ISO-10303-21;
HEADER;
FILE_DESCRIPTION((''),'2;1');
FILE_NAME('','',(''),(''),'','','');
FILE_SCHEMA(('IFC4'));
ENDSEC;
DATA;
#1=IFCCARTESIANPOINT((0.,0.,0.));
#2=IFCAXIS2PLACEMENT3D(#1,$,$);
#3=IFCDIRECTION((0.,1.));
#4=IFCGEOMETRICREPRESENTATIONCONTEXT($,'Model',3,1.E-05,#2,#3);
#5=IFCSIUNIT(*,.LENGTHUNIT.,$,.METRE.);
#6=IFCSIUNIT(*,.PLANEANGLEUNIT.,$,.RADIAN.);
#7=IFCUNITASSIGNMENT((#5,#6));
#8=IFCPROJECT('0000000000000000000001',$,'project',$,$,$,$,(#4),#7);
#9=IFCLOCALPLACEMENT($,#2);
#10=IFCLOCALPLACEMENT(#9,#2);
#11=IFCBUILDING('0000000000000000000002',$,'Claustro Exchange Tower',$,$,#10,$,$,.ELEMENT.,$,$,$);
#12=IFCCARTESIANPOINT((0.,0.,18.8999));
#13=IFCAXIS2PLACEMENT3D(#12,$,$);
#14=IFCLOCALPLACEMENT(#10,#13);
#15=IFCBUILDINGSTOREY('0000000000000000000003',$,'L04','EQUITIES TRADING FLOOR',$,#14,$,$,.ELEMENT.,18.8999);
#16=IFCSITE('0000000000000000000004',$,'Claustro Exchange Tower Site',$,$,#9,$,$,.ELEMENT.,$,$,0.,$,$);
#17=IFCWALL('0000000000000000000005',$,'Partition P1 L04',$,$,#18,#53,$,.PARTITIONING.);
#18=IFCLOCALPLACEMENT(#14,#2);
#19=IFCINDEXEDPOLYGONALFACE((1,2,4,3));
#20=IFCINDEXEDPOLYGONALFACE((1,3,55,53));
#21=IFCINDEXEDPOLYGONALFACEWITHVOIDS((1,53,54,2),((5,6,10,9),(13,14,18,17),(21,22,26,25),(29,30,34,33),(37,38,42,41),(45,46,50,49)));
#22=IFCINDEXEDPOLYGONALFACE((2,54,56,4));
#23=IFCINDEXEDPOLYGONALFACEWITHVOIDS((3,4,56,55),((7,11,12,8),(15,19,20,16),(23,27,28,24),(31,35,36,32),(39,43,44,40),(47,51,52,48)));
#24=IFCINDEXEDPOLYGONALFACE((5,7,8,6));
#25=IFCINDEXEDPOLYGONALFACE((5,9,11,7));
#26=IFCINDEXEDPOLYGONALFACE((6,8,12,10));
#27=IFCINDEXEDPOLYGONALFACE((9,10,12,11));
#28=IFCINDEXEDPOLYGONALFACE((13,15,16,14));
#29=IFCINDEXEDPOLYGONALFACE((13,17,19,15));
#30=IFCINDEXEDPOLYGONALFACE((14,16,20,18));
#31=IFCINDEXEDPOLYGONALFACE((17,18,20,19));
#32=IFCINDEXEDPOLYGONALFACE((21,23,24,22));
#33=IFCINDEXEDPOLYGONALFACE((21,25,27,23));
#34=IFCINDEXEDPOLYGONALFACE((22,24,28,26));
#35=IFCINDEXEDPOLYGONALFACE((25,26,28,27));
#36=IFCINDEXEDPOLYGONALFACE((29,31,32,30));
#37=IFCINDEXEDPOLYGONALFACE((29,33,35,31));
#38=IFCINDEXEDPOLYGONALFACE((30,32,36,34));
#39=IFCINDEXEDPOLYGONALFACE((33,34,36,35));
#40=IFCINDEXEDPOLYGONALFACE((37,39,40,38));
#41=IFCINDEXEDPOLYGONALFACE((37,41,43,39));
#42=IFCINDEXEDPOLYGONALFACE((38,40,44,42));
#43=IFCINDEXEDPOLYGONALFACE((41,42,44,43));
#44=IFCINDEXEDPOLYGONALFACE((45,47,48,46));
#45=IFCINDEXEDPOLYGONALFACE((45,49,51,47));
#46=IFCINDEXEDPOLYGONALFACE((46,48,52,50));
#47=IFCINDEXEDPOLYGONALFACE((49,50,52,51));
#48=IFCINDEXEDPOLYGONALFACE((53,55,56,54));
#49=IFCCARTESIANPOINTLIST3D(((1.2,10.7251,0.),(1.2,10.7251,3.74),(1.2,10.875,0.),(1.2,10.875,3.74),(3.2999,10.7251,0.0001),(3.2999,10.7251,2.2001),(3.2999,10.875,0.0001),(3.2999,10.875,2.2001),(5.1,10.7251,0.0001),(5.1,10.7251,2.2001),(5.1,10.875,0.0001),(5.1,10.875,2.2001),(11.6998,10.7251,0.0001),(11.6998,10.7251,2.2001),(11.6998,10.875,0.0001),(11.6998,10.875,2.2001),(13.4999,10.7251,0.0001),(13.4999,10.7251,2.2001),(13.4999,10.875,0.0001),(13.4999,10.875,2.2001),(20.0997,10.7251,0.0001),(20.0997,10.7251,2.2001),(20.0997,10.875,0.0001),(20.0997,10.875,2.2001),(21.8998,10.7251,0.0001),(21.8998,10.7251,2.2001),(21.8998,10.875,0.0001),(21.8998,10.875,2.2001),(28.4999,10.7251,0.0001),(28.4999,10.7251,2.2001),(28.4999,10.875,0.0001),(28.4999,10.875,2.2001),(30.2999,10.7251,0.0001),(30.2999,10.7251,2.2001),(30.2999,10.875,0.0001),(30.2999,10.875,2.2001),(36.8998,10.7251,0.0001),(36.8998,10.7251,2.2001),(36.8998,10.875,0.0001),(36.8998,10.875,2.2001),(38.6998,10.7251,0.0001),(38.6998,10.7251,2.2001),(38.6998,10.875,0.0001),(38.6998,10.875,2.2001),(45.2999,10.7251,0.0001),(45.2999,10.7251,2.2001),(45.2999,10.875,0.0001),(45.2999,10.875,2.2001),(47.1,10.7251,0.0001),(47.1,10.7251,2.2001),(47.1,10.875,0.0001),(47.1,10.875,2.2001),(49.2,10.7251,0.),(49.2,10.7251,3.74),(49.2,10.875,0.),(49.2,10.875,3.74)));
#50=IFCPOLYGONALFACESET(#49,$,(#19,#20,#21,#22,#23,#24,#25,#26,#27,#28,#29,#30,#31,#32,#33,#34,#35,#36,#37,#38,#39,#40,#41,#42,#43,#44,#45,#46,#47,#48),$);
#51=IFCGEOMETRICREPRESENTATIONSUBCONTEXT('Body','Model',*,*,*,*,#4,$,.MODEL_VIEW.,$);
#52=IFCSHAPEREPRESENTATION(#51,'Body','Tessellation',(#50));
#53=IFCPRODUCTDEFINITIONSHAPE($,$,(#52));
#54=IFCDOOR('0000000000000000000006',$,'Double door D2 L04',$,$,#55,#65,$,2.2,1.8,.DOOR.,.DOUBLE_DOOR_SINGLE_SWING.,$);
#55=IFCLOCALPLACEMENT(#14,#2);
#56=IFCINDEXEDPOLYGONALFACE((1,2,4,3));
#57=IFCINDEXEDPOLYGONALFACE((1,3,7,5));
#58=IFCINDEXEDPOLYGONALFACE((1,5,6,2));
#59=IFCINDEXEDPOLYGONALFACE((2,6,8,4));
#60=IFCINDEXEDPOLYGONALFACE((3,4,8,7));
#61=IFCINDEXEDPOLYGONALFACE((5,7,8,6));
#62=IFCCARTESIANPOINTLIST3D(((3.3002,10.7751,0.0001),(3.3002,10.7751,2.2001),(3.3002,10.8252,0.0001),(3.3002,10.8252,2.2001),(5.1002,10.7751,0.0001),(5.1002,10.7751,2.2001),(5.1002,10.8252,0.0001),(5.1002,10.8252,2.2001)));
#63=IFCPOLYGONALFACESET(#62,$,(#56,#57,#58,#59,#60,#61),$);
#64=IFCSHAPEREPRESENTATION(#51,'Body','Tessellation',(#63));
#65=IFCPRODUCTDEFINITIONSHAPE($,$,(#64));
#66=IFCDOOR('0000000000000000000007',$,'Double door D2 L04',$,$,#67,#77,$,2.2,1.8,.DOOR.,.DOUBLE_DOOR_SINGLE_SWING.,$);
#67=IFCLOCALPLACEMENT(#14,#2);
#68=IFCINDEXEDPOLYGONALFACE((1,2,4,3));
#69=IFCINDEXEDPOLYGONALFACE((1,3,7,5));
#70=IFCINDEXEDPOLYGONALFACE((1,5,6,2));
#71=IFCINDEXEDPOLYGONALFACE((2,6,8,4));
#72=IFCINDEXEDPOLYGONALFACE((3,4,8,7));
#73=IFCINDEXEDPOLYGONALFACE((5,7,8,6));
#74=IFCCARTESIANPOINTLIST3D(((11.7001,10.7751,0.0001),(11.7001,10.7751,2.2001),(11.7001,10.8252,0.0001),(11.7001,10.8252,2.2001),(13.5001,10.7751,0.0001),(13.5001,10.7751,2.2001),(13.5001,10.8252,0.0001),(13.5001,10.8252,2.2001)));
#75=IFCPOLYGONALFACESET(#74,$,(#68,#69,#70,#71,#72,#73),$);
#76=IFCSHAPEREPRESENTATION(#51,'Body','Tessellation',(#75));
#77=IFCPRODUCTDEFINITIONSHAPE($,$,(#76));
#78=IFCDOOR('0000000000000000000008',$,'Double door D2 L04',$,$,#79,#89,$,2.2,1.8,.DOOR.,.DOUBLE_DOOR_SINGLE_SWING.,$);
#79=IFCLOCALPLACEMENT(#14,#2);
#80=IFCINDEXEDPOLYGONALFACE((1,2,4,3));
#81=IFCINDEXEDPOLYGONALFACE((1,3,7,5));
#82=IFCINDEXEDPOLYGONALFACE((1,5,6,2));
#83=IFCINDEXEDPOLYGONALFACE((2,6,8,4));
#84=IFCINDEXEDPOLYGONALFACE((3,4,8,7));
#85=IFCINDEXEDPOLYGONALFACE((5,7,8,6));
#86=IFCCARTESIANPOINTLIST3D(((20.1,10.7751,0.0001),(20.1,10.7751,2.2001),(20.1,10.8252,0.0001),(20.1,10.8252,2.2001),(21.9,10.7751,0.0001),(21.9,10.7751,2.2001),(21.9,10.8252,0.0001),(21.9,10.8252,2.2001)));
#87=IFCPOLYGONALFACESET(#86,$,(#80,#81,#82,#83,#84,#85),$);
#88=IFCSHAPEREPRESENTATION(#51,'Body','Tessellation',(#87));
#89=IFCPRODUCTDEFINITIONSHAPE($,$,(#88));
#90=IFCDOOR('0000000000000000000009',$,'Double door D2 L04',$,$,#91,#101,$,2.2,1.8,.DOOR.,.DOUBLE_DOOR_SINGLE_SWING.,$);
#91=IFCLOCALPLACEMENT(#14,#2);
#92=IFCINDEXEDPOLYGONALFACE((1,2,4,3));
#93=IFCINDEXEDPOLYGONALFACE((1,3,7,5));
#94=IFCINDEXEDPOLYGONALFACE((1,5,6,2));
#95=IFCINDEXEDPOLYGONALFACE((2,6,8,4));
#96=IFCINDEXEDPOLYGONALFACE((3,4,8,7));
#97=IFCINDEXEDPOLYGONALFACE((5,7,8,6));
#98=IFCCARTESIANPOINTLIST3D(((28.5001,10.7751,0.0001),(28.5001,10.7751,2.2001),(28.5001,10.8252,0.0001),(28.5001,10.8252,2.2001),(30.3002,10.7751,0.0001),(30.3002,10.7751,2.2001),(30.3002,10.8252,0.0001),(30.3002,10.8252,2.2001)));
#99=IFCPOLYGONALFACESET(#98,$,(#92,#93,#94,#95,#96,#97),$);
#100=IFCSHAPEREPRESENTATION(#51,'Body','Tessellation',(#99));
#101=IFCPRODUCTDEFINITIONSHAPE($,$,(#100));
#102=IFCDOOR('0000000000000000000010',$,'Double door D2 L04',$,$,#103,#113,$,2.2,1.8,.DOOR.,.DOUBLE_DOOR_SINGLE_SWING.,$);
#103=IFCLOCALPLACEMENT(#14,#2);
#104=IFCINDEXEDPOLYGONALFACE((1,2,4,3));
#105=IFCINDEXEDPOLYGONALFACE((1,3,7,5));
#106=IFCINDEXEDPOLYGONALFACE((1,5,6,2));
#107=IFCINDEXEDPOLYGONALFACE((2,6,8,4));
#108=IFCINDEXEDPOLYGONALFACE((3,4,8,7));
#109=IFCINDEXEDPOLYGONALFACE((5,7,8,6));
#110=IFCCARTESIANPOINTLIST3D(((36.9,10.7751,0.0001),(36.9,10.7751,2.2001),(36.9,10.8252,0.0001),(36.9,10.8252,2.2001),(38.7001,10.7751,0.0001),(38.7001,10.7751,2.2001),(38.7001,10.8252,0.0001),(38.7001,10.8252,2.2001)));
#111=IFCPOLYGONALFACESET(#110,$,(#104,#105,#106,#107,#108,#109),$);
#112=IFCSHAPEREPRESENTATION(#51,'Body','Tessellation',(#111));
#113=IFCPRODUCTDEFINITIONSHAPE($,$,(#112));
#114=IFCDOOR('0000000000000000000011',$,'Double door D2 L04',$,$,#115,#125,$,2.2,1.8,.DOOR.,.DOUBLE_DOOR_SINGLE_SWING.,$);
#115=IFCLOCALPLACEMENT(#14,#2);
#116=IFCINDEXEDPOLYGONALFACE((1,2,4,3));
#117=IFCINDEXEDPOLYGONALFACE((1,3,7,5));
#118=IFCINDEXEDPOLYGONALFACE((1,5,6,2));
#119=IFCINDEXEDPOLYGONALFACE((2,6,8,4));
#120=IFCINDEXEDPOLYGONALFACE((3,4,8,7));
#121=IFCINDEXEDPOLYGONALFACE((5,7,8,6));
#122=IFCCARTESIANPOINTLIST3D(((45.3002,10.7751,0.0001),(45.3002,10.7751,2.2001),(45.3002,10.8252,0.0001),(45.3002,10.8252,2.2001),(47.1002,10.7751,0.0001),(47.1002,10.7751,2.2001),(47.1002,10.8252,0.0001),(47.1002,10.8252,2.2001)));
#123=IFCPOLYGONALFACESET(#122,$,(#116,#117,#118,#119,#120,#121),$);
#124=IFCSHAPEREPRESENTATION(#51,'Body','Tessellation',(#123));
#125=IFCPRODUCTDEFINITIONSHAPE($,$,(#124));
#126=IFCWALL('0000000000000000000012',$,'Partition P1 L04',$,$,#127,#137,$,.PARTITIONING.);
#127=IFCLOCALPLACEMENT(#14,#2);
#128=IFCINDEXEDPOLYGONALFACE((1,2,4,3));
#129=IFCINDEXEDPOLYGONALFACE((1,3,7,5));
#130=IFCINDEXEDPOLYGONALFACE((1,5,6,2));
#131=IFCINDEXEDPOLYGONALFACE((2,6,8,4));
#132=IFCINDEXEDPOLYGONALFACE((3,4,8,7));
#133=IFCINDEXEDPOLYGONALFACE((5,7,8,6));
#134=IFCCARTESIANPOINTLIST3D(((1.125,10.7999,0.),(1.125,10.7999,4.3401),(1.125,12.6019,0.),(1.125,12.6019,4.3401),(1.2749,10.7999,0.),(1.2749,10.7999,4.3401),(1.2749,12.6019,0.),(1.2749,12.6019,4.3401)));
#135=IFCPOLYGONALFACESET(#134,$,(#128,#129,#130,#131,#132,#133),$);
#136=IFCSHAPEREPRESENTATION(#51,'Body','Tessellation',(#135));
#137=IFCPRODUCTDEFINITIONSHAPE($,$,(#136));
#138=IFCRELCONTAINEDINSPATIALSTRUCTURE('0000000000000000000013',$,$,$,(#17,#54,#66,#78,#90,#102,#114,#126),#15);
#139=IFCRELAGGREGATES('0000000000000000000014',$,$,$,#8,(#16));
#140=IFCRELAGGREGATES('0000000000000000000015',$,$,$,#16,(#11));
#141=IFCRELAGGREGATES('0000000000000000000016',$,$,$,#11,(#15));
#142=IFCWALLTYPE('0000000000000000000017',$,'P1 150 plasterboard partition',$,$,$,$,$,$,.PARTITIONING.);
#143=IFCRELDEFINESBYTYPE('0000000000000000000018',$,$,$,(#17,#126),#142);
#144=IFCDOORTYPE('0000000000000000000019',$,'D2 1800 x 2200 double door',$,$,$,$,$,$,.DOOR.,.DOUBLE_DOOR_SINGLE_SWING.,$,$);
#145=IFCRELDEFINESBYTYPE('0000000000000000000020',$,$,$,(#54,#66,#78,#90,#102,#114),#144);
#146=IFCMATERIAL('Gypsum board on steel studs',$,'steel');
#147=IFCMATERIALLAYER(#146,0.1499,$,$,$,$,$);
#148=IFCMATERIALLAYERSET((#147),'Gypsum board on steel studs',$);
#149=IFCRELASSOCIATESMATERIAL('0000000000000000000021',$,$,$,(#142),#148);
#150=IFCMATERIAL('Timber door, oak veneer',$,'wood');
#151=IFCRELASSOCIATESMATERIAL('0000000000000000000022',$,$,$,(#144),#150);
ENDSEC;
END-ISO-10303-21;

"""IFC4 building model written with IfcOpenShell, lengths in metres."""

from ifc_helpers import new_model, si_unit, direction, frame, frame_2d, origin, place, context, subcontext, project, spatial, rectangle, extrude, material, layer, layer_set, type_object, element, fill, save


model = new_model("IFC4")

# Units and contexts
model_context = context("Model", 3, precision=1e-05, world=origin(), true_north=direction((0.0, 1.0)))
body_context = subcontext(model_context, "Body", "Model", "MODEL_VIEW")
ifc_project = project(units=[si_unit("LENGTHUNIT", "METRE"), si_unit("PLANEANGLEUNIT", "RADIAN")], contexts=[model_context])

# Site, building, storey
site_placement = place(None, origin())
site = spatial("IfcSite", under=ifc_project, at=site_placement, Name="Claustro Exchange Tower Site", CompositionType="ELEMENT", RefElevation=0.0)
building_placement = place(site_placement, origin())
building = spatial("IfcBuilding", under=site, at=building_placement, Name="Claustro Exchange Tower", CompositionType="ELEMENT")
storey_placement = place(building_placement, frame((0.0, 0.0, 18.8999)))
storey = spatial("IfcBuildingStorey", under=building, at=storey_placement, Name="L04", Description="EQUITIES TRADING FLOOR", CompositionType="ELEMENT", Elevation=18.8999)

# Wall, openings, doors
ifc_material_1 = material(Name="Gypsum board on steel studs", Category="steel")
ifc_layer_1 = layer(ifc_material_1, 0.1499)
ifc_layer_set_1 = layer_set([ifc_layer_1], Name="Gypsum board on steel studs")
wall_type_1 = type_object("IfcWallType", Name="P1 150 plasterboard partition", PredefinedType="PARTITIONING", material=ifc_layer_set_1)
wall_1_placement = place(storey_placement, frame((1.2, 10.8, 0.0), z_axis=(0.0, 0.0, 1.0), x_axis=(1.0, 0.0, 0.0)))
wall_1 = element("IfcWall", 1, at=wall_1_placement, inside=storey, type_object=wall_type_1, Name="Partition P1 L04", PredefinedType="PARTITIONING", context=body_context, shape_type="SweptSolid", body=[
    extrude(rectangle(XDim=48.0, YDim=0.1499, at=frame_2d((24.0, 0.0))), origin(), (0.0, 0.0, 1.0), 3.74),
])
opening_1_placement = place(wall_1_placement, frame((2.1001, 0.0, 0.0)))
opening_1 = element("IfcOpeningElement", 2, at=opening_1_placement, cuts=wall_1, PredefinedType="OPENING", context=body_context, shape_type="SweptSolid", body=[
    extrude(rectangle(XDim=1.8, YDim=2.2, at=frame_2d((0.8999, 1.1001))), frame((0.0, 0.085, 0.0), z_axis=(0.0, -1.0, 0.0), x_axis=(1.0, 0.0, 0.0)), (0.0, 0.0, 1.0), 0.1699),
])
opening_2_placement = place(wall_1_placement, frame((10.5, 0.0, 0.0)))
opening_2 = element("IfcOpeningElement", 3, at=opening_2_placement, cuts=wall_1, PredefinedType="OPENING", context=body_context, shape_type="SweptSolid", body=[
    extrude(rectangle(XDim=1.8, YDim=2.2, at=frame_2d((0.8999, 1.1001))), frame((0.0, 0.085, 0.0), z_axis=(0.0, -1.0, 0.0), x_axis=(1.0, 0.0, 0.0)), (0.0, 0.0, 1.0), 0.1699),
])
opening_3_placement = place(wall_1_placement, frame((18.8999, 0.0, 0.0)))
opening_3 = element("IfcOpeningElement", 4, at=opening_3_placement, cuts=wall_1, PredefinedType="OPENING", context=body_context, shape_type="SweptSolid", body=[
    extrude(rectangle(XDim=1.8, YDim=2.2, at=frame_2d((0.8999, 1.1001))), frame((0.0, 0.085, 0.0), z_axis=(0.0, -1.0, 0.0), x_axis=(1.0, 0.0, 0.0)), (0.0, 0.0, 1.0), 0.1699),
])
opening_4_placement = place(wall_1_placement, frame((27.3, 0.0, 0.0)))
opening_4 = element("IfcOpeningElement", 5, at=opening_4_placement, cuts=wall_1, PredefinedType="OPENING", context=body_context, shape_type="SweptSolid", body=[
    extrude(rectangle(XDim=1.8, YDim=2.2, at=frame_2d((0.8999, 1.1001))), frame((0.0, 0.085, 0.0), z_axis=(0.0, -1.0, 0.0), x_axis=(1.0, 0.0, 0.0)), (0.0, 0.0, 1.0), 0.1699),
])
opening_5_placement = place(wall_1_placement, frame((35.7, 0.0, 0.0)))
opening_5 = element("IfcOpeningElement", 6, at=opening_5_placement, cuts=wall_1, PredefinedType="OPENING", context=body_context, shape_type="SweptSolid", body=[
    extrude(rectangle(XDim=1.8, YDim=2.2, at=frame_2d((0.8999, 1.1001))), frame((0.0, 0.085, 0.0), z_axis=(0.0, -1.0, 0.0), x_axis=(1.0, 0.0, 0.0)), (0.0, 0.0, 1.0), 0.1699),
])
opening_6_placement = place(wall_1_placement, frame((44.1001, 0.0, 0.0)))
opening_6 = element("IfcOpeningElement", 7, at=opening_6_placement, cuts=wall_1, PredefinedType="OPENING", context=body_context, shape_type="SweptSolid", body=[
    extrude(rectangle(XDim=1.8, YDim=2.2, at=frame_2d((0.8999, 1.1001))), frame((0.0, 0.085, 0.0), z_axis=(0.0, -1.0, 0.0), x_axis=(1.0, 0.0, 0.0)), (0.0, 0.0, 1.0), 0.1699),
])
ifc_material_2 = material(Name="Timber door, oak veneer", Category="wood")
door_type_1 = type_object("IfcDoorType", Name="D2 1800 x 2200 double door", OperationType="DOUBLE_DOOR_SINGLE_SWING", PredefinedType="DOOR", material=ifc_material_2)
door_1_placement = place(opening_1_placement, frame((1.8, 0.0, 0.0), z_axis=(0.0, 0.0, 1.0), x_axis=(-1.0, 0.0, 0.0)))
door_1 = element("IfcDoor", 8, at=door_1_placement, inside=storey, type_object=door_type_1, Name="Double door D2 L04", OperationType="DOUBLE_DOOR_SINGLE_SWING", OverallHeight=2.2, OverallWidth=1.8, PredefinedType="DOOR", context=body_context, shape_type="SweptSolid", body=[
    extrude(rectangle(XDim=1.8, YDim=2.2, at=frame_2d((0.8999, 1.1001))), frame((0.0, 0.0249, 0.0), z_axis=(0.0, -1.0, 0.0), x_axis=(1.0, 0.0, 0.0)), (0.0, 0.0, 1.0), 0.05),
])
fill(opening_1, door_1)
door_2_placement = place(opening_2_placement, frame((1.8, 0.0, 0.0), z_axis=(0.0, 0.0, 1.0), x_axis=(-1.0, 0.0, 0.0)))
door_2 = element("IfcDoor", 9, at=door_2_placement, inside=storey, type_object=door_type_1, Name="Double door D2 L04", OperationType="DOUBLE_DOOR_SINGLE_SWING", OverallHeight=2.2, OverallWidth=1.8, PredefinedType="DOOR", context=body_context, shape_type="SweptSolid", body=[
    extrude(rectangle(XDim=1.8, YDim=2.2, at=frame_2d((0.8999, 1.1001))), frame((0.0, 0.0249, 0.0), z_axis=(0.0, -1.0, 0.0), x_axis=(1.0, 0.0, 0.0)), (0.0, 0.0, 1.0), 0.05),
])
fill(opening_2, door_2)
door_3_placement = place(opening_3_placement, frame((1.8, 0.0, 0.0), z_axis=(0.0, 0.0, 1.0), x_axis=(-1.0, 0.0, 0.0)))
door_3 = element("IfcDoor", 10, at=door_3_placement, inside=storey, type_object=door_type_1, Name="Double door D2 L04", OperationType="DOUBLE_DOOR_SINGLE_SWING", OverallHeight=2.2, OverallWidth=1.8, PredefinedType="DOOR", context=body_context, shape_type="SweptSolid", body=[
    extrude(rectangle(XDim=1.8, YDim=2.2, at=frame_2d((0.8999, 1.1001))), frame((0.0, 0.0249, 0.0), z_axis=(0.0, -1.0, 0.0), x_axis=(1.0, 0.0, 0.0)), (0.0, 0.0, 1.0), 0.05),
])
fill(opening_3, door_3)
door_4_placement = place(opening_4_placement, frame((1.8, 0.0, 0.0), z_axis=(0.0, 0.0, 1.0), x_axis=(-1.0, 0.0, 0.0)))
door_4 = element("IfcDoor", 11, at=door_4_placement, inside=storey, type_object=door_type_1, Name="Double door D2 L04", OperationType="DOUBLE_DOOR_SINGLE_SWING", OverallHeight=2.2, OverallWidth=1.8, PredefinedType="DOOR", context=body_context, shape_type="SweptSolid", body=[
    extrude(rectangle(XDim=1.8, YDim=2.2, at=frame_2d((0.8999, 1.1001))), frame((0.0, 0.0249, 0.0), z_axis=(0.0, -1.0, 0.0), x_axis=(1.0, 0.0, 0.0)), (0.0, 0.0, 1.0), 0.05),
])
fill(opening_4, door_4)
door_5_placement = place(opening_5_placement, frame((1.8, 0.0, 0.0), z_axis=(0.0, 0.0, 1.0), x_axis=(-1.0, 0.0, 0.0)))
door_5 = element("IfcDoor", 12, at=door_5_placement, inside=storey, type_object=door_type_1, Name="Double door D2 L04", OperationType="DOUBLE_DOOR_SINGLE_SWING", OverallHeight=2.2, OverallWidth=1.8, PredefinedType="DOOR", context=body_context, shape_type="SweptSolid", body=[
    extrude(rectangle(XDim=1.8, YDim=2.2, at=frame_2d((0.8999, 1.1001))), frame((0.0, 0.0249, 0.0), z_axis=(0.0, -1.0, 0.0), x_axis=(1.0, 0.0, 0.0)), (0.0, 0.0, 1.0), 0.05),
])
fill(opening_5, door_5)
door_6_placement = place(opening_6_placement, frame((1.8, 0.0, 0.0), z_axis=(0.0, 0.0, 1.0), x_axis=(-1.0, 0.0, 0.0)))
door_6 = element("IfcDoor", 13, at=door_6_placement, inside=storey, type_object=door_type_1, Name="Double door D2 L04", OperationType="DOUBLE_DOOR_SINGLE_SWING", OverallHeight=2.2, OverallWidth=1.8, PredefinedType="DOOR", context=body_context, shape_type="SweptSolid", body=[
    extrude(rectangle(XDim=1.8, YDim=2.2, at=frame_2d((0.8999, 1.1001))), frame((0.0, 0.0249, 0.0), z_axis=(0.0, -1.0, 0.0), x_axis=(1.0, 0.0, 0.0)), (0.0, 0.0, 1.0), 0.05),
])
fill(opening_6, door_6)

# Wall
wall_2_placement = place(storey_placement, frame((1.2, 10.8, 0.0), z_axis=(0.0, 0.0, 1.0), x_axis=(0.0, 1.0, 0.0)))
element("IfcWall", 14, at=wall_2_placement, inside=storey, type_object=wall_type_1, Name="Partition P1 L04", PredefinedType="PARTITIONING", context=body_context, shape_type="SweptSolid", body=[
    extrude(rectangle(XDim=1.802, YDim=0.1499, at=frame_2d((0.9009, 0.0))), origin(), (0.0, 0.0, 1.0), 4.3401),
])

save(model, "model.ifc")
